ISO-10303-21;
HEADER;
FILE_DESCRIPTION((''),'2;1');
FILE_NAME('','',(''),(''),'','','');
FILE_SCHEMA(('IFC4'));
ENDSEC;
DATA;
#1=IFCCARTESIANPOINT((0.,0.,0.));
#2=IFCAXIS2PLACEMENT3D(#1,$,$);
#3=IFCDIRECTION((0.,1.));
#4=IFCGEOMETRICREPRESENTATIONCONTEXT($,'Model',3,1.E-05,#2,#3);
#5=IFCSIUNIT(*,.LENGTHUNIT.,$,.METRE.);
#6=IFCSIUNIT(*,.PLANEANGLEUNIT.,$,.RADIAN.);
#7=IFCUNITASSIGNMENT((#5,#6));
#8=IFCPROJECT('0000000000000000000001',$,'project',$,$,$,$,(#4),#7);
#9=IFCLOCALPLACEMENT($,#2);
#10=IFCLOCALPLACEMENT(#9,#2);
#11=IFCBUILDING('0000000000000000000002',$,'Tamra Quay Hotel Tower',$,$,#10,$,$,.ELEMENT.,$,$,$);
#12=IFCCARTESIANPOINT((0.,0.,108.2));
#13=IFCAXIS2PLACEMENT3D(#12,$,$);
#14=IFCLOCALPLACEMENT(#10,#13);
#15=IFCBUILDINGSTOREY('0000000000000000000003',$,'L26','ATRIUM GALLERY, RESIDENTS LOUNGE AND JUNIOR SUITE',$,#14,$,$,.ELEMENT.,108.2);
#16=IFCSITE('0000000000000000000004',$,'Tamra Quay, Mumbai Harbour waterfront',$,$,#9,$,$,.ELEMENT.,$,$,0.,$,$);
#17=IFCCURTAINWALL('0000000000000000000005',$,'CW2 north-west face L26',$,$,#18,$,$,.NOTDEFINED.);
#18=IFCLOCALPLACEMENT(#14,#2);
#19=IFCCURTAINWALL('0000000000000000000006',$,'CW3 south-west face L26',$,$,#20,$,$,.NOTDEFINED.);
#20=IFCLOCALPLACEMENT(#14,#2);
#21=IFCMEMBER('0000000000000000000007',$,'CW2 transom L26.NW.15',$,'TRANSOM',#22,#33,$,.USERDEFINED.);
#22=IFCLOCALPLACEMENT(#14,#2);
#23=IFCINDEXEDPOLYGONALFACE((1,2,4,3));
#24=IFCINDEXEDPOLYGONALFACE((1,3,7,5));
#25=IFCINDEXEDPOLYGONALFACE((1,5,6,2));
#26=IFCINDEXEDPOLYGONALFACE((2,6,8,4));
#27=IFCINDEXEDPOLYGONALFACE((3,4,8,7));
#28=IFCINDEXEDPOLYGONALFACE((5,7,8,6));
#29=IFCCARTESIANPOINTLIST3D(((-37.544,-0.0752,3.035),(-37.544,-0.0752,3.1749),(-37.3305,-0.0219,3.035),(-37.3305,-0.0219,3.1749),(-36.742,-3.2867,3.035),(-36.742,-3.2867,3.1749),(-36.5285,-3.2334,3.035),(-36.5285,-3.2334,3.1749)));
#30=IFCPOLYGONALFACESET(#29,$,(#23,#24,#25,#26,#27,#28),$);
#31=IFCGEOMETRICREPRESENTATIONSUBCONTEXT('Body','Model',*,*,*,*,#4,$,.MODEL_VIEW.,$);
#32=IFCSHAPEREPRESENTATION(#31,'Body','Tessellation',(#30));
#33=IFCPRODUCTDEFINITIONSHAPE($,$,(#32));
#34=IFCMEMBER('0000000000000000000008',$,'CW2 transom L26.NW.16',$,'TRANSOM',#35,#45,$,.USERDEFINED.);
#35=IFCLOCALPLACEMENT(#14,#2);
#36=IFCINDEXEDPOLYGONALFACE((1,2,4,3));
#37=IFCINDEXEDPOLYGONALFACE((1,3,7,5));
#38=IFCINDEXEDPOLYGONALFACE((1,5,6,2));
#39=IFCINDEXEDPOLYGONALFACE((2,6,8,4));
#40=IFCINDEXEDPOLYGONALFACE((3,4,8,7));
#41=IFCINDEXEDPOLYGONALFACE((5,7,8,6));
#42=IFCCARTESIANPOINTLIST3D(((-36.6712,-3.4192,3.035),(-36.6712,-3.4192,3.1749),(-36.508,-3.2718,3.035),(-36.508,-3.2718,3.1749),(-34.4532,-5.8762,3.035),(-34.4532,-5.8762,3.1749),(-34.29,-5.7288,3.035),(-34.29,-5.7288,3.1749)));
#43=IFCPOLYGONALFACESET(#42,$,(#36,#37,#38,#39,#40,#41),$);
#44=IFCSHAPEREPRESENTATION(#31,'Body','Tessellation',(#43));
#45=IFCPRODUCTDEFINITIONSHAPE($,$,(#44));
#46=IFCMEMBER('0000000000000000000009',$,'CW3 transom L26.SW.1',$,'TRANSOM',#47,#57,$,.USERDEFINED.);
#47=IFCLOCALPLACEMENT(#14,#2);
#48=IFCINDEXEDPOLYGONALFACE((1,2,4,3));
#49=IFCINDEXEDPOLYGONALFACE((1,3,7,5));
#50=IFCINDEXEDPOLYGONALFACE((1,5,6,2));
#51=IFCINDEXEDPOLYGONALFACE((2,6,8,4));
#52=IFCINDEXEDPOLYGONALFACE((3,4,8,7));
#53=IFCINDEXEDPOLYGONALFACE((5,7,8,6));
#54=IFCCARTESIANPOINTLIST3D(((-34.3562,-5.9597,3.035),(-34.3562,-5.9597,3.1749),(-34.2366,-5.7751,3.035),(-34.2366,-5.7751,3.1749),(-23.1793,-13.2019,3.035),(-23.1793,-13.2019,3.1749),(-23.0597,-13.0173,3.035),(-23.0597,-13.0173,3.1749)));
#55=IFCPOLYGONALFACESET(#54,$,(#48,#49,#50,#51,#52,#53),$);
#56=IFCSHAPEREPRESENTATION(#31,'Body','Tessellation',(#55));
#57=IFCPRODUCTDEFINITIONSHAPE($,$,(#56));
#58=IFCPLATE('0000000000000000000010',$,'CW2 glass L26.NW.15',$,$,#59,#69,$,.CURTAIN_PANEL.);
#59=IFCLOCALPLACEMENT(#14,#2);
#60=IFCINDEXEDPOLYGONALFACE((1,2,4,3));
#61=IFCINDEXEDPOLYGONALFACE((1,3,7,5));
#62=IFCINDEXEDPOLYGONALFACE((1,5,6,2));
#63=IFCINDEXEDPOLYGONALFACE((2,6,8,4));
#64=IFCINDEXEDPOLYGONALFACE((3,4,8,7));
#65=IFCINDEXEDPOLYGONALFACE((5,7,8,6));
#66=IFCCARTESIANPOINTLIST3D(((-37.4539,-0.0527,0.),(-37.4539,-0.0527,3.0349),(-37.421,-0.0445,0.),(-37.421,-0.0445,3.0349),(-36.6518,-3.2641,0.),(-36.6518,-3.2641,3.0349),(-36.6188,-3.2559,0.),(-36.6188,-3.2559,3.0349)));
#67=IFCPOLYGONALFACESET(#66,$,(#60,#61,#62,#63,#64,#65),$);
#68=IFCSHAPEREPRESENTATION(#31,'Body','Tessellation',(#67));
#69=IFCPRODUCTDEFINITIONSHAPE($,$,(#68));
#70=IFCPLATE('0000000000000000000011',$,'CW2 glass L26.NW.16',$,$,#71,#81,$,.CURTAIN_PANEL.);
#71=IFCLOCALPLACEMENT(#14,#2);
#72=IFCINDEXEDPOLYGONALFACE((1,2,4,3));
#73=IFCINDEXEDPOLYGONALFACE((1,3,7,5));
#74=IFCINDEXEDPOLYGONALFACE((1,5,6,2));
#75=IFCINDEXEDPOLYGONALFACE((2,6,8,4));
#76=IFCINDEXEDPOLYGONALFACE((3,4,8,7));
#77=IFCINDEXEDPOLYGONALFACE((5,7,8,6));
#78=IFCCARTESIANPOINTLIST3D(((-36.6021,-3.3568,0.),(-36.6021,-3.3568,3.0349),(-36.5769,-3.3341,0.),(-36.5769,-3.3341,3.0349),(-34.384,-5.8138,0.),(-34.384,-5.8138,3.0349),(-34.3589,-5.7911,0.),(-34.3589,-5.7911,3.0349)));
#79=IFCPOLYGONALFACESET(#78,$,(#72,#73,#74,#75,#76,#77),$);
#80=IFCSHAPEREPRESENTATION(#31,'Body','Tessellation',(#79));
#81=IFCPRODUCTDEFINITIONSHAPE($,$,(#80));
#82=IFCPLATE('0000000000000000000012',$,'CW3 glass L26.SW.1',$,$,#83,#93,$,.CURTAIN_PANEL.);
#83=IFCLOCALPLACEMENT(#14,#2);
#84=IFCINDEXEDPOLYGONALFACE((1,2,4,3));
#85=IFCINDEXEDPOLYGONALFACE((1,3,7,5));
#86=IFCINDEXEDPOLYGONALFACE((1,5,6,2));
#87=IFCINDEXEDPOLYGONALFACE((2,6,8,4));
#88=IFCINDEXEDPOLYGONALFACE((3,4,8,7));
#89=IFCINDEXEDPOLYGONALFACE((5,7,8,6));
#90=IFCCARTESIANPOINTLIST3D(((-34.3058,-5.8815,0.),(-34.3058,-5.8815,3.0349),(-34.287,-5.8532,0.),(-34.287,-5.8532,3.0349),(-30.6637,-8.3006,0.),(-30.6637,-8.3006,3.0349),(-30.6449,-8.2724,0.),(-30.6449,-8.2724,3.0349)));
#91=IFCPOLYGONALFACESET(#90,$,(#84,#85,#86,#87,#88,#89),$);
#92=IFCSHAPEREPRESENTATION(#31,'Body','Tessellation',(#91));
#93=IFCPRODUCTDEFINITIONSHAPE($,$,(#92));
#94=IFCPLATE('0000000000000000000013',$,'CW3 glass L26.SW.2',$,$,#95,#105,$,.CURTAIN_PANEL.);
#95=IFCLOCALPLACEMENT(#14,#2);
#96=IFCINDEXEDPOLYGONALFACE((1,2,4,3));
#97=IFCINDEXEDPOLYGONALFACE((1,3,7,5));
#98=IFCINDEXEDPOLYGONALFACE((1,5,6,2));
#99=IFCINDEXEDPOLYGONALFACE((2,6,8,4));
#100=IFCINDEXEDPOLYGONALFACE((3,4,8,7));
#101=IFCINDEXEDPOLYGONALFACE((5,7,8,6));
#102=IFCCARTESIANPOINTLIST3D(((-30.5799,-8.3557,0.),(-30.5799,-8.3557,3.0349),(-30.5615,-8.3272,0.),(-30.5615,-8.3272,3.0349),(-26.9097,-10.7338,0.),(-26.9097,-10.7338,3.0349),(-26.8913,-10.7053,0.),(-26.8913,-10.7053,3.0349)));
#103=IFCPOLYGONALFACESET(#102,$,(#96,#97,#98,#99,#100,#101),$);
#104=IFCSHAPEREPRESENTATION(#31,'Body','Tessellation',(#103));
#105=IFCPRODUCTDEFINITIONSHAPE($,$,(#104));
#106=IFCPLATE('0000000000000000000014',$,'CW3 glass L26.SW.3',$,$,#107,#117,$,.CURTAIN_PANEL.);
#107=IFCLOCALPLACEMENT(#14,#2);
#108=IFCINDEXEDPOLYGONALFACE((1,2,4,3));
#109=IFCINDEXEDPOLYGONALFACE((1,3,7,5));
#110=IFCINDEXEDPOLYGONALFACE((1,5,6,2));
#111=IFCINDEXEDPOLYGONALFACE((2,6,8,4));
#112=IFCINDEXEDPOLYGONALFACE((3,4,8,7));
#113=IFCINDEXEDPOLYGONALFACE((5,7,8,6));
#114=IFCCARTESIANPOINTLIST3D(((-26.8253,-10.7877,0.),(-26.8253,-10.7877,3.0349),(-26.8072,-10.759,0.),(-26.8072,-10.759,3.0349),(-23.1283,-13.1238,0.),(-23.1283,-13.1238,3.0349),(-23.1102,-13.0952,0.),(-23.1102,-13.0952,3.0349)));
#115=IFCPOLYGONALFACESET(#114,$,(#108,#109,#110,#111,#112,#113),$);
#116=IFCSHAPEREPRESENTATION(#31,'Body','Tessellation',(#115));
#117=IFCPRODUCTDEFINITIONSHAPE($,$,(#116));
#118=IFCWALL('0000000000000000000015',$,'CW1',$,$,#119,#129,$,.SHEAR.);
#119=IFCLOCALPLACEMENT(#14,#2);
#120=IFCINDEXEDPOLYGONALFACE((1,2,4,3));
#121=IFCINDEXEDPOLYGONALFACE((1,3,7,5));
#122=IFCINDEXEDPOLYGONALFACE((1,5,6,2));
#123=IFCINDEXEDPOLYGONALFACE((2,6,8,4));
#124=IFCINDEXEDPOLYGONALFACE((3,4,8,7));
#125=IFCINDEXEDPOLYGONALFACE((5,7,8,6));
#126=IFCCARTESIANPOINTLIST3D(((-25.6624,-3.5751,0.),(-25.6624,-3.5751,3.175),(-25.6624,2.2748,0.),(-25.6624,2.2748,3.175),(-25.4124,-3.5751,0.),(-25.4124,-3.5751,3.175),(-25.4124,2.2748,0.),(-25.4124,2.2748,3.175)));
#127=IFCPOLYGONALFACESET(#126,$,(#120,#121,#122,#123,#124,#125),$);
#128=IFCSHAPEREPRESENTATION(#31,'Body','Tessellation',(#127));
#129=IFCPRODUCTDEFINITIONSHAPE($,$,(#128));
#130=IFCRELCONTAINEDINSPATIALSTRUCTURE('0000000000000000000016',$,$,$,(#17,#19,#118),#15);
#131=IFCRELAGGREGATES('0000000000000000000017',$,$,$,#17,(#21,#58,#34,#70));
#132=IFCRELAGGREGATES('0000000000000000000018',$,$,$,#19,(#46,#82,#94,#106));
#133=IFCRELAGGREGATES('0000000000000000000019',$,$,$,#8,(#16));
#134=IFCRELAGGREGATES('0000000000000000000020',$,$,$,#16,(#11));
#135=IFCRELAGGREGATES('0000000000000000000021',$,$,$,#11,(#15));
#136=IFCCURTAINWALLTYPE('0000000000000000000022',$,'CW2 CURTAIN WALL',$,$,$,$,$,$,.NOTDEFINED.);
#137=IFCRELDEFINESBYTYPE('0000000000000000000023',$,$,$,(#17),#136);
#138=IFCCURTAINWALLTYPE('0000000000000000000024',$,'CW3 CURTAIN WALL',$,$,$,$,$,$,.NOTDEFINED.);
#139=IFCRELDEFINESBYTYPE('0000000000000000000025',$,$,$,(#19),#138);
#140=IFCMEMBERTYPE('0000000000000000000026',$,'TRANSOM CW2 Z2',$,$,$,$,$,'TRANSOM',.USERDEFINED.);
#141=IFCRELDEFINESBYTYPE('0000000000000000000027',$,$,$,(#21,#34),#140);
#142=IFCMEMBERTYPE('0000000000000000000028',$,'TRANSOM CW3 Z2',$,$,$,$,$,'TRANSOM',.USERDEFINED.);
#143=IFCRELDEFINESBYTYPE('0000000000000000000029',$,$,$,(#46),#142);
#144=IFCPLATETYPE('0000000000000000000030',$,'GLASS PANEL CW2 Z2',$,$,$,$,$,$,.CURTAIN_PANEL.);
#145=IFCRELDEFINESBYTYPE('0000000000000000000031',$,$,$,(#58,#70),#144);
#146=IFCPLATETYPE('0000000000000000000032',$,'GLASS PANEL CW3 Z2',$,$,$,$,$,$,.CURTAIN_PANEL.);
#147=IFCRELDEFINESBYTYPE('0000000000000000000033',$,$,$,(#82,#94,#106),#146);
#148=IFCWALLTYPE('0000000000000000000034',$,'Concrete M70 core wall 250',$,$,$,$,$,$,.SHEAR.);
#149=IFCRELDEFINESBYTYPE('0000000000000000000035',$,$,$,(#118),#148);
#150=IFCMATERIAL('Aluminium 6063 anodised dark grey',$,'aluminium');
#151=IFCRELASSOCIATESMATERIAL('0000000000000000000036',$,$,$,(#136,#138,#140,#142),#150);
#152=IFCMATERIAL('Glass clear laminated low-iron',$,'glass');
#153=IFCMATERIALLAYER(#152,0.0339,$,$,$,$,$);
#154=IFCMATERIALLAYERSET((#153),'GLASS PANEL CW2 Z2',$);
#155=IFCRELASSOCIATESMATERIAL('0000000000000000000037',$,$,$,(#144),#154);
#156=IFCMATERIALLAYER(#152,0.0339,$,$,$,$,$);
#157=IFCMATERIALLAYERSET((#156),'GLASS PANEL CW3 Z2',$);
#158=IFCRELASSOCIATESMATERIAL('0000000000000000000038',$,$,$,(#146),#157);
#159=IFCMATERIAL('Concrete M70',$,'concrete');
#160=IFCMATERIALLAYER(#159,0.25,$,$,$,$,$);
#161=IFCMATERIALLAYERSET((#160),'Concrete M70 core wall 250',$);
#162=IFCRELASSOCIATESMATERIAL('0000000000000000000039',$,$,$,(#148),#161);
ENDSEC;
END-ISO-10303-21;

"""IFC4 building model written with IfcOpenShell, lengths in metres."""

from ifc_helpers import new_model, si_unit, direction, frame, frame_2d, origin, origin_2d, place, context, subcontext, project, spatial, rectangle, extrude, material, layer, layer_set, material_profile, profile_set, type_object, element, aggregate, save


model = new_model("IFC4")

# Units and contexts
model_context = context("Model", 3, precision=1e-05, world=origin(), true_north=direction((0.0, 1.0)))
body_context = subcontext(model_context, "Body", "Model", "MODEL_VIEW")
ifc_project = project(units=[si_unit("LENGTHUNIT", "METRE"), si_unit("PLANEANGLEUNIT", "RADIAN")], contexts=[model_context])

# Site, building, storey
site_placement = place(None, origin())
site = spatial("IfcSite", under=ifc_project, at=site_placement, Name="Tamra Quay, Mumbai Harbour waterfront", CompositionType="ELEMENT", RefElevation=0.0)
building_placement = place(site_placement, origin())
building = spatial("IfcBuilding", under=site, at=building_placement, Name="Tamra Quay Hotel Tower", CompositionType="ELEMENT")
storey_placement = place(building_placement, frame((0.0, 0.0, 108.2)))
storey = spatial("IfcBuildingStorey", under=building, at=storey_placement, Name="L26", Description="ATRIUM GALLERY, RESIDENTS LOUNGE AND JUNIOR SUITE", CompositionType="ELEMENT", Elevation=108.2)

# Shared definitions
ifc_material_1 = material(Name="Concrete M70", Category="concrete")

# Curtain walls
ifc_material_2 = material(Name="Aluminium 6063 anodised dark grey", Category="aluminium")
curtain_wall_type_1 = type_object("IfcCurtainWallType", Name="CW2 CURTAIN WALL", PredefinedType="NOTDEFINED", material=ifc_material_2)
curtain_wall_1_placement = place(storey_placement, origin())
curtain_wall_1 = element("IfcCurtainWall", 1, at=curtain_wall_1_placement, inside=storey, type_object=curtain_wall_type_1, Name="CW2 north-west face L26", PredefinedType="NOTDEFINED")
curtain_wall_type_2 = type_object("IfcCurtainWallType", Name="CW3 CURTAIN WALL", PredefinedType="NOTDEFINED", material=ifc_material_2)
curtain_wall_2_placement = place(storey_placement, origin())
curtain_wall_2 = element("IfcCurtainWall", 2, at=curtain_wall_2_placement, inside=storey, type_object=curtain_wall_type_2, Name="CW3 south-west face L26", PredefinedType="NOTDEFINED")

# Members
ifc_material_profile_1 = material_profile(ifc_material_2, rectangle(XDim=0.22, YDim=0.1399, at=origin_2d()), Name="TRANSOM 220X140")
ifc_profile_set_1 = profile_set([ifc_material_profile_1], Name="Aluminium 6063 anodised dark grey")
member_type_1 = type_object("IfcMemberType", Name="TRANSOM CW2 Z2", ElementType="TRANSOM", PredefinedType="USERDEFINED", material=ifc_profile_set_1)
member_1_placement = place(storey_placement, frame((-37.4373, -0.0486, 3.105), z_axis=(0.242293, -0.970203, 0.0), x_axis=(0.970203, 0.242293, 0.0)))
member_1 = element("IfcMember", 3, at=member_1_placement, type_object=member_type_1, Name="CW2 transom L26.NW.15", ObjectType="TRANSOM", PredefinedType="USERDEFINED", context=body_context, shape_type="SweptSolid", body=[
    extrude(rectangle(XDim=0.22, YDim=0.1399, at=origin_2d()), origin(), (0.0, 0.0, 1.0), 3.3101),
])
member_2_placement = place(storey_placement, frame((-36.5896, -3.3455, 3.105), z_axis=(0.670081, -0.742288, 0.0), x_axis=(0.742288, 0.670081, 0.0)))
member_2 = element("IfcMember", 4, at=member_2_placement, type_object=member_type_1, Name="CW2 transom L26.NW.16", ObjectType="TRANSOM", PredefinedType="USERDEFINED", context=body_context, shape_type="SweptSolid", body=[
    extrude(rectangle(XDim=0.22, YDim=0.1399, at=origin_2d()), origin(), (0.0, 0.0, 1.0), 3.3101),
])
ifc_material_profile_2 = material_profile(ifc_material_2, rectangle(XDim=0.22, YDim=0.1399, at=origin_2d()), Name="TRANSOM 220X140")
ifc_profile_set_2 = profile_set([ifc_material_profile_2], Name="Aluminium 6063 anodised dark grey")
member_type_2 = type_object("IfcMemberType", Name="TRANSOM CW3 Z2", ElementType="TRANSOM", PredefinedType="USERDEFINED", material=ifc_profile_set_2)
member_3_placement = place(storey_placement, frame((-34.2964, -5.8674, 3.105), z_axis=(0.839227, -0.543781, 0.0), x_axis=(0.543781, 0.839227, 0.0)))
member_3 = element("IfcMember", 5, at=member_3_placement, type_object=member_type_2, Name="CW3 transom L26.SW.1", ObjectType="TRANSOM", PredefinedType="USERDEFINED", context=body_context, shape_type="SweptSolid", body=[
    extrude(rectangle(XDim=0.22, YDim=0.1399, at=origin_2d()), origin(), (0.0, 0.0, 1.0), 13.3181),
])

# Plates
ifc_material_3 = material(Name="Glass clear laminated low-iron", Category="glass")
ifc_layer_1 = layer(ifc_material_3, 0.0339)
ifc_layer_set_1 = layer_set([ifc_layer_1], Name="GLASS PANEL CW2 Z2")
plate_type_1 = type_object("IfcPlateType", Name="GLASS PANEL CW2 Z2", PredefinedType="CURTAIN_PANEL", material=ifc_layer_set_1)
plate_1_placement = place(storey_placement, frame((-37.0364, -1.6543, 0.0), z_axis=(0.0, 0.0, 1.0), x_axis=(0.242339, -0.970192, 0.0)))
plate_1 = element("IfcPlate", 6, at=plate_1_placement, type_object=plate_type_1, Name="CW2 glass L26.NW.15", PredefinedType="CURTAIN_PANEL", context=body_context, shape_type="SweptSolid", body=[
    extrude(rectangle(XDim=3.3101, YDim=0.0339, at=origin_2d()), origin(), (0.0, 0.0, 1.0), 3.0349),
])
plate_2_placement = place(storey_placement, frame((-35.4805, -4.574, 0.0), z_axis=(0.0, 0.0, 1.0), x_axis=(0.670088, -0.742282, 0.0)))
plate_2 = element("IfcPlate", 7, at=plate_2_placement, type_object=plate_type_1, Name="CW2 glass L26.NW.16", PredefinedType="CURTAIN_PANEL", context=body_context, shape_type="SweptSolid", body=[
    extrude(rectangle(XDim=3.3101, YDim=0.0339, at=origin_2d()), origin(), (0.0, 0.0, 1.0), 3.0349),
])
aggregate(curtain_wall_1, [member_1, plate_1, member_2, plate_2])
ifc_layer_2 = layer(ifc_material_3, 0.0339)
ifc_layer_set_2 = layer_set([ifc_layer_2], Name="GLASS PANEL CW3 Z2")
plate_type_2 = type_object("IfcPlateType", Name="GLASS PANEL CW3 Z2", PredefinedType="CURTAIN_PANEL", material=ifc_layer_set_2)
plate_3_placement = place(storey_placement, frame((-32.4753, -7.0769, 0.0), z_axis=(0.0, 0.0, 1.0), x_axis=(0.832988, -0.553291, 0.0)))
plate_3 = element("IfcPlate", 8, at=plate_3_placement, type_object=plate_type_2, Name="CW3 glass L26.SW.1", PredefinedType="CURTAIN_PANEL", context=body_context, shape_type="SweptSolid", body=[
    extrude(rectangle(XDim=4.3723, YDim=0.0339, at=origin_2d()), origin(), (0.0, 0.0, 1.0), 3.0349),
])
plate_4_placement = place(storey_placement, frame((-28.7356, -9.5305, 0.0), z_axis=(0.0, 0.0, 1.0), x_axis=(0.839224, -0.543786, 0.0)))
plate_4 = element("IfcPlate", 9, at=plate_4_placement, type_object=plate_type_2, Name="CW3 glass L26.SW.2", PredefinedType="CURTAIN_PANEL", context=body_context, shape_type="SweptSolid", body=[
    extrude(rectangle(XDim=4.3733, YDim=0.0339, at=origin_2d()), origin(), (0.0, 0.0, 1.0), 3.0349),
])
plate_5_placement = place(storey_placement, frame((-24.9678, -11.9414, 0.0), z_axis=(0.0, 0.0, 1.0), x_axis=(0.845362, -0.534193, 0.0)))
plate_5 = element("IfcPlate", 10, at=plate_5_placement, type_object=plate_type_2, Name="CW3 glass L26.SW.3", PredefinedType="CURTAIN_PANEL", context=body_context, shape_type="SweptSolid", body=[
    extrude(rectangle(XDim=4.3733, YDim=0.0339, at=origin_2d()), origin(), (0.0, 0.0, 1.0), 3.0349),
])
aggregate(curtain_wall_2, [member_3, plate_3, plate_4, plate_5])

# Wall
ifc_layer_3 = layer(ifc_material_1, 0.25)
ifc_layer_set_3 = layer_set([ifc_layer_3], Name="Concrete M70 core wall 250")
wall_type = type_object("IfcWallType", Name="Concrete M70 core wall 250", PredefinedType="SHEAR", material=ifc_layer_set_3)
wall_placement = place(storey_placement, frame((-25.5374, -3.575, 0.0), z_axis=(0.0, 0.0, 1.0), x_axis=(0.0, 1.0, 0.0)))
element("IfcWall", 11, at=wall_placement, inside=storey, type_object=wall_type, Name="CW1", PredefinedType="SHEAR", context=body_context, shape_type="SweptSolid", body=[
    extrude(rectangle(XDim=5.8499, YDim=0.25, at=frame_2d((2.9248, 0.0))), origin(), (0.0, 0.0, 1.0), 3.175),
])

save(model, "model.ifc")
